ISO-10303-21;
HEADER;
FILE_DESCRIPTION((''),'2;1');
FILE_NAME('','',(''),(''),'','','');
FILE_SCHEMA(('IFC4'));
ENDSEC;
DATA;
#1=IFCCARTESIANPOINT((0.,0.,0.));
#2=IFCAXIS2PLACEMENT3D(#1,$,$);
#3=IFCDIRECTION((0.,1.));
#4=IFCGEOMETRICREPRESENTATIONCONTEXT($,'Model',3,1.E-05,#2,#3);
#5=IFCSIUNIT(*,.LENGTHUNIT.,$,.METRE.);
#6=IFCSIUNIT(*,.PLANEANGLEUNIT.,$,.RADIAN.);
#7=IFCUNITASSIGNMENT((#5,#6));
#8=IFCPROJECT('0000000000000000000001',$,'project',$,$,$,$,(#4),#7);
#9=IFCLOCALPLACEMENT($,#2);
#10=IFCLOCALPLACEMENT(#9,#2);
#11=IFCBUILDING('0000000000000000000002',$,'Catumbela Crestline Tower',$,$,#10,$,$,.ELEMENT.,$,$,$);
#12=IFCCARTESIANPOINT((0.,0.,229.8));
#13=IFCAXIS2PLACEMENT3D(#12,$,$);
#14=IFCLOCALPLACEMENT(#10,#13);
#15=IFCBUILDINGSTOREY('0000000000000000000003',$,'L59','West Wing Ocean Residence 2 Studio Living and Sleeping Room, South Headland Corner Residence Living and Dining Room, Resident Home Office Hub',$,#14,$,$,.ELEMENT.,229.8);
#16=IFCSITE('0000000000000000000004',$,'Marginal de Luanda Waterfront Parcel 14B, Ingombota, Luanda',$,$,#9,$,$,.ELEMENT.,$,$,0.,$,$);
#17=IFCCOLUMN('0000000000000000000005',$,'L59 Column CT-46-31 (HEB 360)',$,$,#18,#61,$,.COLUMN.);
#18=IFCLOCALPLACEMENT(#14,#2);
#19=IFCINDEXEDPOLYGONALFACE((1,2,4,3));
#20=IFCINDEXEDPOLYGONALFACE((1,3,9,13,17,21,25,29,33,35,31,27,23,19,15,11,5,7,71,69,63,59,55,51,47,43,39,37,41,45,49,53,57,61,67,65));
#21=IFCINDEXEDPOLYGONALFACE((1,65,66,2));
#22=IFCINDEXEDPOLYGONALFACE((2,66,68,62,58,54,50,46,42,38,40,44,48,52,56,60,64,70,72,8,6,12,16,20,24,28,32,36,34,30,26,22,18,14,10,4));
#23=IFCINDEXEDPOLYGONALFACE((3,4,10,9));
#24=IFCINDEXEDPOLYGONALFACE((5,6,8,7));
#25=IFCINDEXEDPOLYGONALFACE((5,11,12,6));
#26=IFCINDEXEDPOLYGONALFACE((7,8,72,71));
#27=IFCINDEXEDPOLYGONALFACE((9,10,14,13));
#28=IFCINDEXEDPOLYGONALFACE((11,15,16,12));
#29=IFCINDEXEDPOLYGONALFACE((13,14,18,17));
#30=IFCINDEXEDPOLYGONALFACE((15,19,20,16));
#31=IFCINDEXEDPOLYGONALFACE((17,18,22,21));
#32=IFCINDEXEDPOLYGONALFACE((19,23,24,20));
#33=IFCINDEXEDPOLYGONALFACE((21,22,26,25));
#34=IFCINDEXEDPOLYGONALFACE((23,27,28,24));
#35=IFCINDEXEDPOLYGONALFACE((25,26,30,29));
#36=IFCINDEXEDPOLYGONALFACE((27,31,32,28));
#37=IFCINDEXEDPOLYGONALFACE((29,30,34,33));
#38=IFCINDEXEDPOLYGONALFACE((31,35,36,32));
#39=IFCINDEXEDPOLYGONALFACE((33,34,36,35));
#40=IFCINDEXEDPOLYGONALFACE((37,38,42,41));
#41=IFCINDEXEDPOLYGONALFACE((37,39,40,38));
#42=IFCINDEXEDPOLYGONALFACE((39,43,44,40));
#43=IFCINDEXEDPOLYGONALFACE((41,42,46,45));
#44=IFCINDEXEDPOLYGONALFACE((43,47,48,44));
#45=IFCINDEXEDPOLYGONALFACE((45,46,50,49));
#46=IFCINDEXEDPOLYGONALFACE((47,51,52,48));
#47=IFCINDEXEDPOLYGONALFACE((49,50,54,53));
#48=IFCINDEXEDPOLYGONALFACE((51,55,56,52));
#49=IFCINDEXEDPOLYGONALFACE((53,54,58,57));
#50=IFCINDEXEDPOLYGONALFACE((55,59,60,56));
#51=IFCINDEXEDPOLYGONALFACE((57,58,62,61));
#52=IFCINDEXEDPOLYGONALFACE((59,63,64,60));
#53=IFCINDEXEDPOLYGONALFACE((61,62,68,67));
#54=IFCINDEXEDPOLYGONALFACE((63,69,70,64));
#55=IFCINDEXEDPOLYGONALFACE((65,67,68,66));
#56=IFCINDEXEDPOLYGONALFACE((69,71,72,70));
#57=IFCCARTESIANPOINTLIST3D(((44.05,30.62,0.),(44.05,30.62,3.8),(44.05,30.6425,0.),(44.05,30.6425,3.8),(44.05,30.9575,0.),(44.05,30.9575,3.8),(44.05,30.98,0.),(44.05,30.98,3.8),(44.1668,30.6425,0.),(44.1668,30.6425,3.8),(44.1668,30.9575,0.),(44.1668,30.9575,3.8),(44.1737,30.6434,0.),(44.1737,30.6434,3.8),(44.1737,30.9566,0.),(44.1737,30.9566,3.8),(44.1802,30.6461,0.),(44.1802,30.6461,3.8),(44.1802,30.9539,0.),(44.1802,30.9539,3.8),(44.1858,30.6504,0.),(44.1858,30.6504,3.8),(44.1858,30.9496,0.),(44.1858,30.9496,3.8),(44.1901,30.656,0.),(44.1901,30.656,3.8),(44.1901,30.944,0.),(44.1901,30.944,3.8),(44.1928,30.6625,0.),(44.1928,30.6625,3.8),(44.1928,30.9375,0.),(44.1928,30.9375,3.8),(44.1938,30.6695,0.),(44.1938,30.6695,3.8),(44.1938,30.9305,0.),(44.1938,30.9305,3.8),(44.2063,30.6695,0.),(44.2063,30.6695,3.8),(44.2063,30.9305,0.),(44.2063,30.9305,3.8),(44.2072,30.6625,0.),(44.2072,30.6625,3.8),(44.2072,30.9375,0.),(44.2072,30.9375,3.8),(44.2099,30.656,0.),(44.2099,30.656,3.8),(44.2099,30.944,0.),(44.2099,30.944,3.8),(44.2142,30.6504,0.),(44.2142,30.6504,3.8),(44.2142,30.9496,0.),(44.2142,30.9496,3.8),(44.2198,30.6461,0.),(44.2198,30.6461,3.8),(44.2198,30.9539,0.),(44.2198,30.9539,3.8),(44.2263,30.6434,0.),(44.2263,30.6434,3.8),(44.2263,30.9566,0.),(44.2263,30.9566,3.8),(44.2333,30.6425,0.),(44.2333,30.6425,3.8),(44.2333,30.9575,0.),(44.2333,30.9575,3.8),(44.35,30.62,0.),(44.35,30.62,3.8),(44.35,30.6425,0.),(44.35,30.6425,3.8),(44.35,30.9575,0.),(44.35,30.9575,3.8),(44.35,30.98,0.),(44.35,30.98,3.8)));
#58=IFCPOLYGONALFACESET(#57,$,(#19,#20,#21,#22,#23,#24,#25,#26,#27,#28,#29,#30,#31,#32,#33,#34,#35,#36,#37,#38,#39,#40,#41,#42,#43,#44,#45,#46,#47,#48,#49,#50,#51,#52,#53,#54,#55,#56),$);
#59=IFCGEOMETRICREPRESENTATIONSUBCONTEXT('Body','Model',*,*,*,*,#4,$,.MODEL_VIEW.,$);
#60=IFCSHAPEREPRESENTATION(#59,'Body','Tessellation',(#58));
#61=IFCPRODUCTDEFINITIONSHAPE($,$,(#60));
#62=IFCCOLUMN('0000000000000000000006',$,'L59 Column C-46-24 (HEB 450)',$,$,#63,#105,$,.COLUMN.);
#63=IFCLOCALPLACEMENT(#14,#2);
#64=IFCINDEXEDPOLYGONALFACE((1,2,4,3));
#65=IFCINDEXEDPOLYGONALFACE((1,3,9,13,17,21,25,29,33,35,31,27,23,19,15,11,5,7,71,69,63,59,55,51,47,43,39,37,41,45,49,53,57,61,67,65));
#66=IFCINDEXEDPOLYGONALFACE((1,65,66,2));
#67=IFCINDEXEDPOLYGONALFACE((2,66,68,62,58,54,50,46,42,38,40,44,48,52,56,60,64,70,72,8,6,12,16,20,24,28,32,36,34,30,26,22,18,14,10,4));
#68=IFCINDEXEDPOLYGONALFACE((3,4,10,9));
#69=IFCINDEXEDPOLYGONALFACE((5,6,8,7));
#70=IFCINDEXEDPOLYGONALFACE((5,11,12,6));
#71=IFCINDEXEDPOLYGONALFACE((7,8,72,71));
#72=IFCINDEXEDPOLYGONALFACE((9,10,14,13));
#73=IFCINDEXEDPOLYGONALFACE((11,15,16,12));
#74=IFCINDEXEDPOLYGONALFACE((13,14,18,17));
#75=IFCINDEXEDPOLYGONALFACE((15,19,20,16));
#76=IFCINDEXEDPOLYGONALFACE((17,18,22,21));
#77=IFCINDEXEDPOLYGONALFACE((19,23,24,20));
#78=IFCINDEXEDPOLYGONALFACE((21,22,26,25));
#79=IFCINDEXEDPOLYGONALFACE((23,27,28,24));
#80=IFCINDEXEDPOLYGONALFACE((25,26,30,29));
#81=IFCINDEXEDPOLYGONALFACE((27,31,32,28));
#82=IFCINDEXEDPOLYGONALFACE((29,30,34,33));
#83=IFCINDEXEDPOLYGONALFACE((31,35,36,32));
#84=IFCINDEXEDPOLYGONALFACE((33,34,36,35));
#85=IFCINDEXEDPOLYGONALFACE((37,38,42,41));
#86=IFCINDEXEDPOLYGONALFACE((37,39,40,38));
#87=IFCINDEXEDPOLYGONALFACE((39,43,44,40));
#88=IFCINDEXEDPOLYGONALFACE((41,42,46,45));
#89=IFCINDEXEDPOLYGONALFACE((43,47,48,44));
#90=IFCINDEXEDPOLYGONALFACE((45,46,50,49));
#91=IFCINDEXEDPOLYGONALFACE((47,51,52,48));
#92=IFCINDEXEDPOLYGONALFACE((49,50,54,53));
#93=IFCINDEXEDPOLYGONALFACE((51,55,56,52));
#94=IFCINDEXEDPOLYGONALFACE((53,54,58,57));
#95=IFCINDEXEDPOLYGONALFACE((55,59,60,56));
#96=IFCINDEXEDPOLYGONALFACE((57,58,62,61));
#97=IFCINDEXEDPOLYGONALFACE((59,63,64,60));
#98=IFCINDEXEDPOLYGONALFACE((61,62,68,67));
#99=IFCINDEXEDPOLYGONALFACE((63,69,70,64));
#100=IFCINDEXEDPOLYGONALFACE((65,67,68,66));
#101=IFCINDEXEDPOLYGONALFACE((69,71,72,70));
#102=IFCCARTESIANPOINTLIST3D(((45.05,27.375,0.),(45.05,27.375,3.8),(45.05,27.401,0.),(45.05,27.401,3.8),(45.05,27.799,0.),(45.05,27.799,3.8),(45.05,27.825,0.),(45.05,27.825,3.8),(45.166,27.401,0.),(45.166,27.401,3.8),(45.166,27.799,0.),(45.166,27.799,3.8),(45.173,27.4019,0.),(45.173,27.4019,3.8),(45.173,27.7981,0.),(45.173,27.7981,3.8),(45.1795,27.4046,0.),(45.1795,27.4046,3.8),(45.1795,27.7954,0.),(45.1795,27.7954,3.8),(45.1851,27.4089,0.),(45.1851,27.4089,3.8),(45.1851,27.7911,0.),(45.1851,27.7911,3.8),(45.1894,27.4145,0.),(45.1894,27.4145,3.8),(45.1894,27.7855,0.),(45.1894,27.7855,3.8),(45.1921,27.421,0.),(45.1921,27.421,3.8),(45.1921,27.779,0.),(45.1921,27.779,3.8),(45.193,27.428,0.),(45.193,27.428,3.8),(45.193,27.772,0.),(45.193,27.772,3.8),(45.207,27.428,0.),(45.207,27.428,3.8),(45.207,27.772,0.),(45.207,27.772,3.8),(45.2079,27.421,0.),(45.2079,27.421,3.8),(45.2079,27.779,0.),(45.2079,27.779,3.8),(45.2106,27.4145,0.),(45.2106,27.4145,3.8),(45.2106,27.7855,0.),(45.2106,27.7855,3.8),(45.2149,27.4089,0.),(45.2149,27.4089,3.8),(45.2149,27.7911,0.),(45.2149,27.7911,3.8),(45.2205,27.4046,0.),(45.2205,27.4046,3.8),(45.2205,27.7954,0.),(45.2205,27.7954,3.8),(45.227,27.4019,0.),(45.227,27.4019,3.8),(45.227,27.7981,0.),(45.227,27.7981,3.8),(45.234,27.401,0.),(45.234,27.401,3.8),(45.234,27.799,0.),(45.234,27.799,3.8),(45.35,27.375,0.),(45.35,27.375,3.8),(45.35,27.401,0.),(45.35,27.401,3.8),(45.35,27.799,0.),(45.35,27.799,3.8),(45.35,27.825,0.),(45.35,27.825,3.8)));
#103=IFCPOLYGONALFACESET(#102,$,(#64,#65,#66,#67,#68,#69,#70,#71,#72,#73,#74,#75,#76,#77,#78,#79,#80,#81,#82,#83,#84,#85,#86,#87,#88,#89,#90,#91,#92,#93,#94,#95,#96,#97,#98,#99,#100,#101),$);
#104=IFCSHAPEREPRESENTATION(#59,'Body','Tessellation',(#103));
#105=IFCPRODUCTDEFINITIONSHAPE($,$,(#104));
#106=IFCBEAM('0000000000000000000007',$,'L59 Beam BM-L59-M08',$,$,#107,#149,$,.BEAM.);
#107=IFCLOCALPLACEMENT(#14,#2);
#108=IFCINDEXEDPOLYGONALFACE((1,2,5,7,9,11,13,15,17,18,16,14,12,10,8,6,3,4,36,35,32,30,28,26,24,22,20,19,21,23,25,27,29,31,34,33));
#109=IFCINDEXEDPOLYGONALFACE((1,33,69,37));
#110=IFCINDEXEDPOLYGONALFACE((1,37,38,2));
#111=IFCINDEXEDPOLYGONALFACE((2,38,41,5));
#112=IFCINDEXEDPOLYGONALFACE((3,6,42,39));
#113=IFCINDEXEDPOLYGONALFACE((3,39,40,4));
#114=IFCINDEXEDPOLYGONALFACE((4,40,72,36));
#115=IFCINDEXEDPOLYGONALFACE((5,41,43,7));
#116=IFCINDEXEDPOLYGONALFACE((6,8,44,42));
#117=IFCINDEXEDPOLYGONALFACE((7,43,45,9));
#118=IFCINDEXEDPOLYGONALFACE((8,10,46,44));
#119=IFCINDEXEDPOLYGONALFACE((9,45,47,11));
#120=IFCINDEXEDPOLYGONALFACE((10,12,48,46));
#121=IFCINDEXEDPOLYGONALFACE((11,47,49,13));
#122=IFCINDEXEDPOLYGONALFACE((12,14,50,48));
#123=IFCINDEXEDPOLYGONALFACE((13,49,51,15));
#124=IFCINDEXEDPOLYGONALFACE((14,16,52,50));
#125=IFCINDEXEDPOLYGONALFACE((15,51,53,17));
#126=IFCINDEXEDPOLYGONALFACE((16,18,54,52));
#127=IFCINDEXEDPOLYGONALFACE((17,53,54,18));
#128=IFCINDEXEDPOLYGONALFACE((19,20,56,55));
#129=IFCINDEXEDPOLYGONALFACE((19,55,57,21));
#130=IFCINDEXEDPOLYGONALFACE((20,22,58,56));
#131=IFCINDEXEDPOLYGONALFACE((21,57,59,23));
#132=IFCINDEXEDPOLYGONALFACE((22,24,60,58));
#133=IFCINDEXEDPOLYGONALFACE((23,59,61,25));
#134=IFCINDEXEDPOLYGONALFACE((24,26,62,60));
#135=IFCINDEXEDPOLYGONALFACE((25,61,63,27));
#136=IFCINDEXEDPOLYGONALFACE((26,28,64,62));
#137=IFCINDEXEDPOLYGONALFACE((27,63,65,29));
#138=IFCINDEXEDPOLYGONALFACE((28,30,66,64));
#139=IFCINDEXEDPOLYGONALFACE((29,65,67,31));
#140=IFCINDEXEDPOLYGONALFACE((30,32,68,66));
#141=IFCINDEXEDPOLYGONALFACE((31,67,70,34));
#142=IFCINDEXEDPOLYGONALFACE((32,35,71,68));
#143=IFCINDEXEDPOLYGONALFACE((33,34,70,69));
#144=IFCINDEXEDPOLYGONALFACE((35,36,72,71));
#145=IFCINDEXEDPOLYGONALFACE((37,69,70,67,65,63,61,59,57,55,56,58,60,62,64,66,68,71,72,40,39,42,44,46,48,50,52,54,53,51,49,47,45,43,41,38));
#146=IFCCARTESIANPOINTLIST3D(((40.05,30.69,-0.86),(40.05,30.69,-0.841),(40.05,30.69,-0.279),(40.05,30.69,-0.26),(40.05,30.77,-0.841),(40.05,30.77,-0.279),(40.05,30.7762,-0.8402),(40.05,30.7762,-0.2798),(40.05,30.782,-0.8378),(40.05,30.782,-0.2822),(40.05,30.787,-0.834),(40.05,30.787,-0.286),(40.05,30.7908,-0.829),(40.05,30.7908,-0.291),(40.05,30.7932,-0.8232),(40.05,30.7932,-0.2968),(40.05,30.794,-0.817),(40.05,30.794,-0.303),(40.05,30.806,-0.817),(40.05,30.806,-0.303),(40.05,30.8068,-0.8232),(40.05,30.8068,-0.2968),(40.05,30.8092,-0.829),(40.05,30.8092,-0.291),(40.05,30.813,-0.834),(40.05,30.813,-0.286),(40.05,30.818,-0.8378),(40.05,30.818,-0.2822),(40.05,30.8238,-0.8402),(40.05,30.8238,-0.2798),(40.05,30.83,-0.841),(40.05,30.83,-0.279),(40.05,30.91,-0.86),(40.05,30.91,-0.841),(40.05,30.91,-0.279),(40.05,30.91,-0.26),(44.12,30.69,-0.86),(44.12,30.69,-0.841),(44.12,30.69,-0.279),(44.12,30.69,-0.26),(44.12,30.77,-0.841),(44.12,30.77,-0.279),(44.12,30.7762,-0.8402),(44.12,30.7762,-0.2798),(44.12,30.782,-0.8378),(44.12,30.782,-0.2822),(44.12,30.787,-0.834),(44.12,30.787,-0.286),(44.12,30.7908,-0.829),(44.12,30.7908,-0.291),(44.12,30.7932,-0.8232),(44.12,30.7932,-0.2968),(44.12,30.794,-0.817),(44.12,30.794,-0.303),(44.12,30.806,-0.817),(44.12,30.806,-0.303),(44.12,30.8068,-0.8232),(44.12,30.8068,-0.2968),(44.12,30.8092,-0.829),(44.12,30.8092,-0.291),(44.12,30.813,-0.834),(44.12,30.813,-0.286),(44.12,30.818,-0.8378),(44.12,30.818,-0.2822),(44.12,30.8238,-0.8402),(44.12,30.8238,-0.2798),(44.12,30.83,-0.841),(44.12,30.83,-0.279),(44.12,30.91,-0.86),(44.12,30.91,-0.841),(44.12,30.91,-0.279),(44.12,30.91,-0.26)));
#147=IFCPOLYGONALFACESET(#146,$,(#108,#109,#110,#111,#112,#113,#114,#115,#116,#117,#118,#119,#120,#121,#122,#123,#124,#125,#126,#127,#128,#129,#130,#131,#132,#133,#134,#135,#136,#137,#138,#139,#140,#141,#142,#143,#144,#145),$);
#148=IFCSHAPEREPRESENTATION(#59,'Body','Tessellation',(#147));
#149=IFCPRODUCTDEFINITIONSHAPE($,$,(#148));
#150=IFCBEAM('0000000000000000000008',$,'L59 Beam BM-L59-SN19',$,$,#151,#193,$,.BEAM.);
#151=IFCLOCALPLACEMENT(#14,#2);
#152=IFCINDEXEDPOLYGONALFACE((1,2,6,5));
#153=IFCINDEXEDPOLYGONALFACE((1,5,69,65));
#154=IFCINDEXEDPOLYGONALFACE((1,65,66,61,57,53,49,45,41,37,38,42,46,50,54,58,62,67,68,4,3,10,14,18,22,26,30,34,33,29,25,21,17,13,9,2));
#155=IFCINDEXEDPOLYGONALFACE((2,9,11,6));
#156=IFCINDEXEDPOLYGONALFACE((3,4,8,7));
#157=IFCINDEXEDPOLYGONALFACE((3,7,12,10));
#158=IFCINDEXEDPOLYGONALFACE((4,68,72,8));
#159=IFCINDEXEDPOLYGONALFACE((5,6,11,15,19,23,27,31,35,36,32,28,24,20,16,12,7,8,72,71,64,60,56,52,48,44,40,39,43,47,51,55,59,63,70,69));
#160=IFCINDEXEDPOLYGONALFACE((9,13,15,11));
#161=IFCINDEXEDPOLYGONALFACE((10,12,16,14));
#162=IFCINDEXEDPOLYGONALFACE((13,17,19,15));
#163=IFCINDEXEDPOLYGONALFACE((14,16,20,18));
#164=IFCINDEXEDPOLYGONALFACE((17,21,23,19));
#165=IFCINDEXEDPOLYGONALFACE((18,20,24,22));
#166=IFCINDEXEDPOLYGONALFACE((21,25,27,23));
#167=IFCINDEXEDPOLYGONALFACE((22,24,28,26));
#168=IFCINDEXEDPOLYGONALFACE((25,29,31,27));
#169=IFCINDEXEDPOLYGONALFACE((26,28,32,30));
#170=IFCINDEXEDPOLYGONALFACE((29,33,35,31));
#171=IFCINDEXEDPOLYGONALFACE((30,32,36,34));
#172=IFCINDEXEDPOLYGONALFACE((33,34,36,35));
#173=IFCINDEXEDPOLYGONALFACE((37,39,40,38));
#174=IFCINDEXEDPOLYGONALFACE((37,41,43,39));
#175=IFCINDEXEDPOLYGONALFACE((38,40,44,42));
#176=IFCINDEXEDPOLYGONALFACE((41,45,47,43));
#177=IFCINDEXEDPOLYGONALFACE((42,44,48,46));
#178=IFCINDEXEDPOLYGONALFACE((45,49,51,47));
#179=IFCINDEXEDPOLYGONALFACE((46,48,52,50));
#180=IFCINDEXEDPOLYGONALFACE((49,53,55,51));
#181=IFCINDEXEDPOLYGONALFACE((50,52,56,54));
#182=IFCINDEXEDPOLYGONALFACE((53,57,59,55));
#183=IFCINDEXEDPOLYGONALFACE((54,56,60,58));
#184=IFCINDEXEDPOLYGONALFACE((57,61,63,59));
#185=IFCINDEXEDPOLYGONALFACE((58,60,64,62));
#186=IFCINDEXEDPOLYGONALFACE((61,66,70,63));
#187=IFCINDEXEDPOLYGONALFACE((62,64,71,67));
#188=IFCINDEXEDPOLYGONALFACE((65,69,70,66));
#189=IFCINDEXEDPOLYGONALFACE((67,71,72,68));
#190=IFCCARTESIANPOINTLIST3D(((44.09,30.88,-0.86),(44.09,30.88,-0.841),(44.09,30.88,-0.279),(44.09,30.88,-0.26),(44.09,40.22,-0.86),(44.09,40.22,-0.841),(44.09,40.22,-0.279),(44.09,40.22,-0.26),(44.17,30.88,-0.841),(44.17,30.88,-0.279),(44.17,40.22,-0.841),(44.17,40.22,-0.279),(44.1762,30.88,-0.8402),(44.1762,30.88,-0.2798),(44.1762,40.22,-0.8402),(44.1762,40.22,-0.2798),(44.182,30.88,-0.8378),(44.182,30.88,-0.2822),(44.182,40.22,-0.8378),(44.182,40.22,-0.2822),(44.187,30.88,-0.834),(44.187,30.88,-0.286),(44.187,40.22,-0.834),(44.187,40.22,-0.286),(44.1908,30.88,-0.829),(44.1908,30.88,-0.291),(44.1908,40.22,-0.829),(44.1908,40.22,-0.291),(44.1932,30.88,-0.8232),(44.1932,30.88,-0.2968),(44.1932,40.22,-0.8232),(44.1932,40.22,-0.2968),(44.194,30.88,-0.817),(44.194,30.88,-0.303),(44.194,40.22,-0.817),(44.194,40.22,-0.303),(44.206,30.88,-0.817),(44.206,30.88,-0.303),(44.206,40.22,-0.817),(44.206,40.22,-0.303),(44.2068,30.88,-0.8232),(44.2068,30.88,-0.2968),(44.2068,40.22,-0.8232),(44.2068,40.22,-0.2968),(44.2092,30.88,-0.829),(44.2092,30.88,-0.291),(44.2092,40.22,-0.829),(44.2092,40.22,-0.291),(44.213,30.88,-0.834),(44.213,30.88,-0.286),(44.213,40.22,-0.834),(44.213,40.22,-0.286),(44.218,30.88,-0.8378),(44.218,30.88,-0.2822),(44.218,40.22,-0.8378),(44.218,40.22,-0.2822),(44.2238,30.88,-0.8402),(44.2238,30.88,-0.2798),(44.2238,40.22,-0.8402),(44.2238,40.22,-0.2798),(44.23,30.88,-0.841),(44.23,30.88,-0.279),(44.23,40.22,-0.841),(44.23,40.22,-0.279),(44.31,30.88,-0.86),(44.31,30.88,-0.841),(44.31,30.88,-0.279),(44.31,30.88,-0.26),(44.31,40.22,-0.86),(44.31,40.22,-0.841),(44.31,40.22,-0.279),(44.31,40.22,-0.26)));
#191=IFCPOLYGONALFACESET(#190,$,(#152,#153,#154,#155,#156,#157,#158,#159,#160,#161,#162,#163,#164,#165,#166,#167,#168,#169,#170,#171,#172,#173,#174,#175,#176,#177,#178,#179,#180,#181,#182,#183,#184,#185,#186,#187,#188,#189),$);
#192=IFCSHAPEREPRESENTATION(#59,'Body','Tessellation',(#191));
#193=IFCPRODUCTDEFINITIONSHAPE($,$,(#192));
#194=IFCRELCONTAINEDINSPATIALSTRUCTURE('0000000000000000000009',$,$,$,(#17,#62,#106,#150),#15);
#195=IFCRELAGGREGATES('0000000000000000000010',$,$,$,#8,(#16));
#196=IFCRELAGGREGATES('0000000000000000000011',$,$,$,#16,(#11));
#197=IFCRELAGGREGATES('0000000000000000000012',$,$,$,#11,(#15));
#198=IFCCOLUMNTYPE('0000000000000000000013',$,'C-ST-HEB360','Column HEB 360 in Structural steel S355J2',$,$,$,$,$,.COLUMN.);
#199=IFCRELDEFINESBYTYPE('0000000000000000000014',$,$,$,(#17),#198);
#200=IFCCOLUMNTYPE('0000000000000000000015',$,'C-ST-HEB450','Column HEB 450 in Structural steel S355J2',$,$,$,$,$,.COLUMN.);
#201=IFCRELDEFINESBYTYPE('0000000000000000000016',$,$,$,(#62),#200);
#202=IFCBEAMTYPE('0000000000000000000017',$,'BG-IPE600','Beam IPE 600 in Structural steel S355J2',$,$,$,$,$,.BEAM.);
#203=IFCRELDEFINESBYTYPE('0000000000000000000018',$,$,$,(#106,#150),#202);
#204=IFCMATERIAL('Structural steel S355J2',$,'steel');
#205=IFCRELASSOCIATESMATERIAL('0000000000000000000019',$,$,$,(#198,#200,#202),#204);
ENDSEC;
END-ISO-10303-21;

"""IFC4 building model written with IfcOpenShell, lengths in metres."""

from ifc_helpers import new_model, si_unit, direction, frame, origin, origin_2d, place, context, subcontext, project, spatial, i_section, extrude, material, material_profile, profile_set, type_object, element, save


model = new_model("IFC4")

# Units and contexts
model_context = context("Model", 3, precision=1e-05, world=origin(), true_north=direction((0.0, 1.0)))
body_context = subcontext(model_context, "Body", "Model", "MODEL_VIEW")
ifc_project = project(units=[si_unit("LENGTHUNIT", "METRE"), si_unit("PLANEANGLEUNIT", "RADIAN")], contexts=[model_context])

# Site, building, storey
site_placement = place(None, origin())
site = spatial("IfcSite", under=ifc_project, at=site_placement, Name="Marginal de Luanda Waterfront Parcel 14B, Ingombota, Luanda", CompositionType="ELEMENT", RefElevation=0.0)
building_placement = place(site_placement, origin())
building = spatial("IfcBuilding", under=site, at=building_placement, Name="Catumbela Crestline Tower", CompositionType="ELEMENT")
storey_placement = place(building_placement, frame((0.0, 0.0, 229.8)))
storey = spatial("IfcBuildingStorey", under=building, at=storey_placement, Name="L59", Description="West Wing Ocean Residence 2 Studio Living and Sleeping Room, South Headland Corner Residence Living and Dining Room, Resident Home Office Hub", CompositionType="ELEMENT", Elevation=229.8)

# Columns
ifc_material_1 = material(Name="Structural steel S355J2", Category="steel")
ifc_material_profile_1 = material_profile(ifc_material_1, i_section(OverallWidth=0.3, OverallDepth=0.36, WebThickness=0.0125, FlangeThickness=0.0225, FilletRadius=0.027, at=origin_2d()), Name="HEB 360")
ifc_profile_set_1 = profile_set([ifc_material_profile_1], Name="Structural steel S355J2")
column_type_1 = type_object("IfcColumnType", Name="C-ST-HEB360", Description="Column HEB 360 in Structural steel S355J2", PredefinedType="COLUMN", material=ifc_profile_set_1)
column_1_placement = place(storey_placement, frame((44.2, 30.8, 0.0), z_axis=(0.0, 0.0, 1.0), x_axis=(1.0, 0.0, 0.0)))
element("IfcColumn", 1, at=column_1_placement, inside=storey, type_object=column_type_1, Name="L59 Column CT-46-31 (HEB 360)", PredefinedType="COLUMN", context=body_context, shape_type="SweptSolid", body=[
    extrude(i_section(OverallWidth=0.3, OverallDepth=0.36, WebThickness=0.0125, FlangeThickness=0.0225, FilletRadius=0.027, at=origin_2d()), origin(), (0.0, 0.0, 1.0), 3.8),
])
ifc_material_profile_2 = material_profile(ifc_material_1, i_section(OverallWidth=0.3, OverallDepth=0.45, WebThickness=0.014, FlangeThickness=0.026, FilletRadius=0.027, at=origin_2d()), Name="HEB 450")
ifc_profile_set_2 = profile_set([ifc_material_profile_2], Name="Structural steel S355J2")
column_type_2 = type_object("IfcColumnType", Name="C-ST-HEB450", Description="Column HEB 450 in Structural steel S355J2", PredefinedType="COLUMN", material=ifc_profile_set_2)
column_2_placement = place(storey_placement, frame((45.2, 27.6, 0.0), z_axis=(0.0, 0.0, 1.0), x_axis=(1.0, 0.0, 0.0)))
element("IfcColumn", 2, at=column_2_placement, inside=storey, type_object=column_type_2, Name="L59 Column C-46-24 (HEB 450)", PredefinedType="COLUMN", context=body_context, shape_type="SweptSolid", body=[
    extrude(i_section(OverallWidth=0.3, OverallDepth=0.45, WebThickness=0.014, FlangeThickness=0.026, FilletRadius=0.027, at=origin_2d()), origin(), (0.0, 0.0, 1.0), 3.8),
])

# Beams
ifc_material_profile_3 = material_profile(ifc_material_1, i_section(OverallWidth=0.22, OverallDepth=0.6, WebThickness=0.012, FlangeThickness=0.019, FilletRadius=0.024, at=origin_2d()), Name="IPE 600")
ifc_profile_set_3 = profile_set([ifc_material_profile_3], Name="Structural steel S355J2")
beam_type_1 = type_object("IfcBeamType", Name="BG-IPE600", Description="Beam IPE 600 in Structural steel S355J2", PredefinedType="BEAM", material=ifc_profile_set_3)
beam_1_placement = place(storey_placement, frame((40.05, 30.8, -0.56), z_axis=(1.0, 0.0, 0.0), x_axis=(0.0, 1.0, 0.0)))
element("IfcBeam", 3, at=beam_1_placement, inside=storey, type_object=beam_type_1, Name="L59 Beam BM-L59-M08", PredefinedType="BEAM", context=body_context, shape_type="SweptSolid", body=[
    extrude(i_section(OverallWidth=0.22, OverallDepth=0.6, WebThickness=0.012, FlangeThickness=0.019, FilletRadius=0.024, at=origin_2d()), origin(), (0.0, 0.0, 1.0), 4.07),
])
beam_2_placement = place(storey_placement, frame((44.2, 30.88, -0.56), z_axis=(0.0, 1.0, 0.0), x_axis=(-1.0, 0.0, 0.0)))
element("IfcBeam", 4, at=beam_2_placement, inside=storey, type_object=beam_type_1, Name="L59 Beam BM-L59-SN19", PredefinedType="BEAM", context=body_context, shape_type="SweptSolid", body=[
    extrude(i_section(OverallWidth=0.22, OverallDepth=0.6, WebThickness=0.012, FlangeThickness=0.019, FilletRadius=0.024, at=origin_2d()), origin(), (0.0, 0.0, 1.0), 9.34),
])

save(model, "model.ifc")
